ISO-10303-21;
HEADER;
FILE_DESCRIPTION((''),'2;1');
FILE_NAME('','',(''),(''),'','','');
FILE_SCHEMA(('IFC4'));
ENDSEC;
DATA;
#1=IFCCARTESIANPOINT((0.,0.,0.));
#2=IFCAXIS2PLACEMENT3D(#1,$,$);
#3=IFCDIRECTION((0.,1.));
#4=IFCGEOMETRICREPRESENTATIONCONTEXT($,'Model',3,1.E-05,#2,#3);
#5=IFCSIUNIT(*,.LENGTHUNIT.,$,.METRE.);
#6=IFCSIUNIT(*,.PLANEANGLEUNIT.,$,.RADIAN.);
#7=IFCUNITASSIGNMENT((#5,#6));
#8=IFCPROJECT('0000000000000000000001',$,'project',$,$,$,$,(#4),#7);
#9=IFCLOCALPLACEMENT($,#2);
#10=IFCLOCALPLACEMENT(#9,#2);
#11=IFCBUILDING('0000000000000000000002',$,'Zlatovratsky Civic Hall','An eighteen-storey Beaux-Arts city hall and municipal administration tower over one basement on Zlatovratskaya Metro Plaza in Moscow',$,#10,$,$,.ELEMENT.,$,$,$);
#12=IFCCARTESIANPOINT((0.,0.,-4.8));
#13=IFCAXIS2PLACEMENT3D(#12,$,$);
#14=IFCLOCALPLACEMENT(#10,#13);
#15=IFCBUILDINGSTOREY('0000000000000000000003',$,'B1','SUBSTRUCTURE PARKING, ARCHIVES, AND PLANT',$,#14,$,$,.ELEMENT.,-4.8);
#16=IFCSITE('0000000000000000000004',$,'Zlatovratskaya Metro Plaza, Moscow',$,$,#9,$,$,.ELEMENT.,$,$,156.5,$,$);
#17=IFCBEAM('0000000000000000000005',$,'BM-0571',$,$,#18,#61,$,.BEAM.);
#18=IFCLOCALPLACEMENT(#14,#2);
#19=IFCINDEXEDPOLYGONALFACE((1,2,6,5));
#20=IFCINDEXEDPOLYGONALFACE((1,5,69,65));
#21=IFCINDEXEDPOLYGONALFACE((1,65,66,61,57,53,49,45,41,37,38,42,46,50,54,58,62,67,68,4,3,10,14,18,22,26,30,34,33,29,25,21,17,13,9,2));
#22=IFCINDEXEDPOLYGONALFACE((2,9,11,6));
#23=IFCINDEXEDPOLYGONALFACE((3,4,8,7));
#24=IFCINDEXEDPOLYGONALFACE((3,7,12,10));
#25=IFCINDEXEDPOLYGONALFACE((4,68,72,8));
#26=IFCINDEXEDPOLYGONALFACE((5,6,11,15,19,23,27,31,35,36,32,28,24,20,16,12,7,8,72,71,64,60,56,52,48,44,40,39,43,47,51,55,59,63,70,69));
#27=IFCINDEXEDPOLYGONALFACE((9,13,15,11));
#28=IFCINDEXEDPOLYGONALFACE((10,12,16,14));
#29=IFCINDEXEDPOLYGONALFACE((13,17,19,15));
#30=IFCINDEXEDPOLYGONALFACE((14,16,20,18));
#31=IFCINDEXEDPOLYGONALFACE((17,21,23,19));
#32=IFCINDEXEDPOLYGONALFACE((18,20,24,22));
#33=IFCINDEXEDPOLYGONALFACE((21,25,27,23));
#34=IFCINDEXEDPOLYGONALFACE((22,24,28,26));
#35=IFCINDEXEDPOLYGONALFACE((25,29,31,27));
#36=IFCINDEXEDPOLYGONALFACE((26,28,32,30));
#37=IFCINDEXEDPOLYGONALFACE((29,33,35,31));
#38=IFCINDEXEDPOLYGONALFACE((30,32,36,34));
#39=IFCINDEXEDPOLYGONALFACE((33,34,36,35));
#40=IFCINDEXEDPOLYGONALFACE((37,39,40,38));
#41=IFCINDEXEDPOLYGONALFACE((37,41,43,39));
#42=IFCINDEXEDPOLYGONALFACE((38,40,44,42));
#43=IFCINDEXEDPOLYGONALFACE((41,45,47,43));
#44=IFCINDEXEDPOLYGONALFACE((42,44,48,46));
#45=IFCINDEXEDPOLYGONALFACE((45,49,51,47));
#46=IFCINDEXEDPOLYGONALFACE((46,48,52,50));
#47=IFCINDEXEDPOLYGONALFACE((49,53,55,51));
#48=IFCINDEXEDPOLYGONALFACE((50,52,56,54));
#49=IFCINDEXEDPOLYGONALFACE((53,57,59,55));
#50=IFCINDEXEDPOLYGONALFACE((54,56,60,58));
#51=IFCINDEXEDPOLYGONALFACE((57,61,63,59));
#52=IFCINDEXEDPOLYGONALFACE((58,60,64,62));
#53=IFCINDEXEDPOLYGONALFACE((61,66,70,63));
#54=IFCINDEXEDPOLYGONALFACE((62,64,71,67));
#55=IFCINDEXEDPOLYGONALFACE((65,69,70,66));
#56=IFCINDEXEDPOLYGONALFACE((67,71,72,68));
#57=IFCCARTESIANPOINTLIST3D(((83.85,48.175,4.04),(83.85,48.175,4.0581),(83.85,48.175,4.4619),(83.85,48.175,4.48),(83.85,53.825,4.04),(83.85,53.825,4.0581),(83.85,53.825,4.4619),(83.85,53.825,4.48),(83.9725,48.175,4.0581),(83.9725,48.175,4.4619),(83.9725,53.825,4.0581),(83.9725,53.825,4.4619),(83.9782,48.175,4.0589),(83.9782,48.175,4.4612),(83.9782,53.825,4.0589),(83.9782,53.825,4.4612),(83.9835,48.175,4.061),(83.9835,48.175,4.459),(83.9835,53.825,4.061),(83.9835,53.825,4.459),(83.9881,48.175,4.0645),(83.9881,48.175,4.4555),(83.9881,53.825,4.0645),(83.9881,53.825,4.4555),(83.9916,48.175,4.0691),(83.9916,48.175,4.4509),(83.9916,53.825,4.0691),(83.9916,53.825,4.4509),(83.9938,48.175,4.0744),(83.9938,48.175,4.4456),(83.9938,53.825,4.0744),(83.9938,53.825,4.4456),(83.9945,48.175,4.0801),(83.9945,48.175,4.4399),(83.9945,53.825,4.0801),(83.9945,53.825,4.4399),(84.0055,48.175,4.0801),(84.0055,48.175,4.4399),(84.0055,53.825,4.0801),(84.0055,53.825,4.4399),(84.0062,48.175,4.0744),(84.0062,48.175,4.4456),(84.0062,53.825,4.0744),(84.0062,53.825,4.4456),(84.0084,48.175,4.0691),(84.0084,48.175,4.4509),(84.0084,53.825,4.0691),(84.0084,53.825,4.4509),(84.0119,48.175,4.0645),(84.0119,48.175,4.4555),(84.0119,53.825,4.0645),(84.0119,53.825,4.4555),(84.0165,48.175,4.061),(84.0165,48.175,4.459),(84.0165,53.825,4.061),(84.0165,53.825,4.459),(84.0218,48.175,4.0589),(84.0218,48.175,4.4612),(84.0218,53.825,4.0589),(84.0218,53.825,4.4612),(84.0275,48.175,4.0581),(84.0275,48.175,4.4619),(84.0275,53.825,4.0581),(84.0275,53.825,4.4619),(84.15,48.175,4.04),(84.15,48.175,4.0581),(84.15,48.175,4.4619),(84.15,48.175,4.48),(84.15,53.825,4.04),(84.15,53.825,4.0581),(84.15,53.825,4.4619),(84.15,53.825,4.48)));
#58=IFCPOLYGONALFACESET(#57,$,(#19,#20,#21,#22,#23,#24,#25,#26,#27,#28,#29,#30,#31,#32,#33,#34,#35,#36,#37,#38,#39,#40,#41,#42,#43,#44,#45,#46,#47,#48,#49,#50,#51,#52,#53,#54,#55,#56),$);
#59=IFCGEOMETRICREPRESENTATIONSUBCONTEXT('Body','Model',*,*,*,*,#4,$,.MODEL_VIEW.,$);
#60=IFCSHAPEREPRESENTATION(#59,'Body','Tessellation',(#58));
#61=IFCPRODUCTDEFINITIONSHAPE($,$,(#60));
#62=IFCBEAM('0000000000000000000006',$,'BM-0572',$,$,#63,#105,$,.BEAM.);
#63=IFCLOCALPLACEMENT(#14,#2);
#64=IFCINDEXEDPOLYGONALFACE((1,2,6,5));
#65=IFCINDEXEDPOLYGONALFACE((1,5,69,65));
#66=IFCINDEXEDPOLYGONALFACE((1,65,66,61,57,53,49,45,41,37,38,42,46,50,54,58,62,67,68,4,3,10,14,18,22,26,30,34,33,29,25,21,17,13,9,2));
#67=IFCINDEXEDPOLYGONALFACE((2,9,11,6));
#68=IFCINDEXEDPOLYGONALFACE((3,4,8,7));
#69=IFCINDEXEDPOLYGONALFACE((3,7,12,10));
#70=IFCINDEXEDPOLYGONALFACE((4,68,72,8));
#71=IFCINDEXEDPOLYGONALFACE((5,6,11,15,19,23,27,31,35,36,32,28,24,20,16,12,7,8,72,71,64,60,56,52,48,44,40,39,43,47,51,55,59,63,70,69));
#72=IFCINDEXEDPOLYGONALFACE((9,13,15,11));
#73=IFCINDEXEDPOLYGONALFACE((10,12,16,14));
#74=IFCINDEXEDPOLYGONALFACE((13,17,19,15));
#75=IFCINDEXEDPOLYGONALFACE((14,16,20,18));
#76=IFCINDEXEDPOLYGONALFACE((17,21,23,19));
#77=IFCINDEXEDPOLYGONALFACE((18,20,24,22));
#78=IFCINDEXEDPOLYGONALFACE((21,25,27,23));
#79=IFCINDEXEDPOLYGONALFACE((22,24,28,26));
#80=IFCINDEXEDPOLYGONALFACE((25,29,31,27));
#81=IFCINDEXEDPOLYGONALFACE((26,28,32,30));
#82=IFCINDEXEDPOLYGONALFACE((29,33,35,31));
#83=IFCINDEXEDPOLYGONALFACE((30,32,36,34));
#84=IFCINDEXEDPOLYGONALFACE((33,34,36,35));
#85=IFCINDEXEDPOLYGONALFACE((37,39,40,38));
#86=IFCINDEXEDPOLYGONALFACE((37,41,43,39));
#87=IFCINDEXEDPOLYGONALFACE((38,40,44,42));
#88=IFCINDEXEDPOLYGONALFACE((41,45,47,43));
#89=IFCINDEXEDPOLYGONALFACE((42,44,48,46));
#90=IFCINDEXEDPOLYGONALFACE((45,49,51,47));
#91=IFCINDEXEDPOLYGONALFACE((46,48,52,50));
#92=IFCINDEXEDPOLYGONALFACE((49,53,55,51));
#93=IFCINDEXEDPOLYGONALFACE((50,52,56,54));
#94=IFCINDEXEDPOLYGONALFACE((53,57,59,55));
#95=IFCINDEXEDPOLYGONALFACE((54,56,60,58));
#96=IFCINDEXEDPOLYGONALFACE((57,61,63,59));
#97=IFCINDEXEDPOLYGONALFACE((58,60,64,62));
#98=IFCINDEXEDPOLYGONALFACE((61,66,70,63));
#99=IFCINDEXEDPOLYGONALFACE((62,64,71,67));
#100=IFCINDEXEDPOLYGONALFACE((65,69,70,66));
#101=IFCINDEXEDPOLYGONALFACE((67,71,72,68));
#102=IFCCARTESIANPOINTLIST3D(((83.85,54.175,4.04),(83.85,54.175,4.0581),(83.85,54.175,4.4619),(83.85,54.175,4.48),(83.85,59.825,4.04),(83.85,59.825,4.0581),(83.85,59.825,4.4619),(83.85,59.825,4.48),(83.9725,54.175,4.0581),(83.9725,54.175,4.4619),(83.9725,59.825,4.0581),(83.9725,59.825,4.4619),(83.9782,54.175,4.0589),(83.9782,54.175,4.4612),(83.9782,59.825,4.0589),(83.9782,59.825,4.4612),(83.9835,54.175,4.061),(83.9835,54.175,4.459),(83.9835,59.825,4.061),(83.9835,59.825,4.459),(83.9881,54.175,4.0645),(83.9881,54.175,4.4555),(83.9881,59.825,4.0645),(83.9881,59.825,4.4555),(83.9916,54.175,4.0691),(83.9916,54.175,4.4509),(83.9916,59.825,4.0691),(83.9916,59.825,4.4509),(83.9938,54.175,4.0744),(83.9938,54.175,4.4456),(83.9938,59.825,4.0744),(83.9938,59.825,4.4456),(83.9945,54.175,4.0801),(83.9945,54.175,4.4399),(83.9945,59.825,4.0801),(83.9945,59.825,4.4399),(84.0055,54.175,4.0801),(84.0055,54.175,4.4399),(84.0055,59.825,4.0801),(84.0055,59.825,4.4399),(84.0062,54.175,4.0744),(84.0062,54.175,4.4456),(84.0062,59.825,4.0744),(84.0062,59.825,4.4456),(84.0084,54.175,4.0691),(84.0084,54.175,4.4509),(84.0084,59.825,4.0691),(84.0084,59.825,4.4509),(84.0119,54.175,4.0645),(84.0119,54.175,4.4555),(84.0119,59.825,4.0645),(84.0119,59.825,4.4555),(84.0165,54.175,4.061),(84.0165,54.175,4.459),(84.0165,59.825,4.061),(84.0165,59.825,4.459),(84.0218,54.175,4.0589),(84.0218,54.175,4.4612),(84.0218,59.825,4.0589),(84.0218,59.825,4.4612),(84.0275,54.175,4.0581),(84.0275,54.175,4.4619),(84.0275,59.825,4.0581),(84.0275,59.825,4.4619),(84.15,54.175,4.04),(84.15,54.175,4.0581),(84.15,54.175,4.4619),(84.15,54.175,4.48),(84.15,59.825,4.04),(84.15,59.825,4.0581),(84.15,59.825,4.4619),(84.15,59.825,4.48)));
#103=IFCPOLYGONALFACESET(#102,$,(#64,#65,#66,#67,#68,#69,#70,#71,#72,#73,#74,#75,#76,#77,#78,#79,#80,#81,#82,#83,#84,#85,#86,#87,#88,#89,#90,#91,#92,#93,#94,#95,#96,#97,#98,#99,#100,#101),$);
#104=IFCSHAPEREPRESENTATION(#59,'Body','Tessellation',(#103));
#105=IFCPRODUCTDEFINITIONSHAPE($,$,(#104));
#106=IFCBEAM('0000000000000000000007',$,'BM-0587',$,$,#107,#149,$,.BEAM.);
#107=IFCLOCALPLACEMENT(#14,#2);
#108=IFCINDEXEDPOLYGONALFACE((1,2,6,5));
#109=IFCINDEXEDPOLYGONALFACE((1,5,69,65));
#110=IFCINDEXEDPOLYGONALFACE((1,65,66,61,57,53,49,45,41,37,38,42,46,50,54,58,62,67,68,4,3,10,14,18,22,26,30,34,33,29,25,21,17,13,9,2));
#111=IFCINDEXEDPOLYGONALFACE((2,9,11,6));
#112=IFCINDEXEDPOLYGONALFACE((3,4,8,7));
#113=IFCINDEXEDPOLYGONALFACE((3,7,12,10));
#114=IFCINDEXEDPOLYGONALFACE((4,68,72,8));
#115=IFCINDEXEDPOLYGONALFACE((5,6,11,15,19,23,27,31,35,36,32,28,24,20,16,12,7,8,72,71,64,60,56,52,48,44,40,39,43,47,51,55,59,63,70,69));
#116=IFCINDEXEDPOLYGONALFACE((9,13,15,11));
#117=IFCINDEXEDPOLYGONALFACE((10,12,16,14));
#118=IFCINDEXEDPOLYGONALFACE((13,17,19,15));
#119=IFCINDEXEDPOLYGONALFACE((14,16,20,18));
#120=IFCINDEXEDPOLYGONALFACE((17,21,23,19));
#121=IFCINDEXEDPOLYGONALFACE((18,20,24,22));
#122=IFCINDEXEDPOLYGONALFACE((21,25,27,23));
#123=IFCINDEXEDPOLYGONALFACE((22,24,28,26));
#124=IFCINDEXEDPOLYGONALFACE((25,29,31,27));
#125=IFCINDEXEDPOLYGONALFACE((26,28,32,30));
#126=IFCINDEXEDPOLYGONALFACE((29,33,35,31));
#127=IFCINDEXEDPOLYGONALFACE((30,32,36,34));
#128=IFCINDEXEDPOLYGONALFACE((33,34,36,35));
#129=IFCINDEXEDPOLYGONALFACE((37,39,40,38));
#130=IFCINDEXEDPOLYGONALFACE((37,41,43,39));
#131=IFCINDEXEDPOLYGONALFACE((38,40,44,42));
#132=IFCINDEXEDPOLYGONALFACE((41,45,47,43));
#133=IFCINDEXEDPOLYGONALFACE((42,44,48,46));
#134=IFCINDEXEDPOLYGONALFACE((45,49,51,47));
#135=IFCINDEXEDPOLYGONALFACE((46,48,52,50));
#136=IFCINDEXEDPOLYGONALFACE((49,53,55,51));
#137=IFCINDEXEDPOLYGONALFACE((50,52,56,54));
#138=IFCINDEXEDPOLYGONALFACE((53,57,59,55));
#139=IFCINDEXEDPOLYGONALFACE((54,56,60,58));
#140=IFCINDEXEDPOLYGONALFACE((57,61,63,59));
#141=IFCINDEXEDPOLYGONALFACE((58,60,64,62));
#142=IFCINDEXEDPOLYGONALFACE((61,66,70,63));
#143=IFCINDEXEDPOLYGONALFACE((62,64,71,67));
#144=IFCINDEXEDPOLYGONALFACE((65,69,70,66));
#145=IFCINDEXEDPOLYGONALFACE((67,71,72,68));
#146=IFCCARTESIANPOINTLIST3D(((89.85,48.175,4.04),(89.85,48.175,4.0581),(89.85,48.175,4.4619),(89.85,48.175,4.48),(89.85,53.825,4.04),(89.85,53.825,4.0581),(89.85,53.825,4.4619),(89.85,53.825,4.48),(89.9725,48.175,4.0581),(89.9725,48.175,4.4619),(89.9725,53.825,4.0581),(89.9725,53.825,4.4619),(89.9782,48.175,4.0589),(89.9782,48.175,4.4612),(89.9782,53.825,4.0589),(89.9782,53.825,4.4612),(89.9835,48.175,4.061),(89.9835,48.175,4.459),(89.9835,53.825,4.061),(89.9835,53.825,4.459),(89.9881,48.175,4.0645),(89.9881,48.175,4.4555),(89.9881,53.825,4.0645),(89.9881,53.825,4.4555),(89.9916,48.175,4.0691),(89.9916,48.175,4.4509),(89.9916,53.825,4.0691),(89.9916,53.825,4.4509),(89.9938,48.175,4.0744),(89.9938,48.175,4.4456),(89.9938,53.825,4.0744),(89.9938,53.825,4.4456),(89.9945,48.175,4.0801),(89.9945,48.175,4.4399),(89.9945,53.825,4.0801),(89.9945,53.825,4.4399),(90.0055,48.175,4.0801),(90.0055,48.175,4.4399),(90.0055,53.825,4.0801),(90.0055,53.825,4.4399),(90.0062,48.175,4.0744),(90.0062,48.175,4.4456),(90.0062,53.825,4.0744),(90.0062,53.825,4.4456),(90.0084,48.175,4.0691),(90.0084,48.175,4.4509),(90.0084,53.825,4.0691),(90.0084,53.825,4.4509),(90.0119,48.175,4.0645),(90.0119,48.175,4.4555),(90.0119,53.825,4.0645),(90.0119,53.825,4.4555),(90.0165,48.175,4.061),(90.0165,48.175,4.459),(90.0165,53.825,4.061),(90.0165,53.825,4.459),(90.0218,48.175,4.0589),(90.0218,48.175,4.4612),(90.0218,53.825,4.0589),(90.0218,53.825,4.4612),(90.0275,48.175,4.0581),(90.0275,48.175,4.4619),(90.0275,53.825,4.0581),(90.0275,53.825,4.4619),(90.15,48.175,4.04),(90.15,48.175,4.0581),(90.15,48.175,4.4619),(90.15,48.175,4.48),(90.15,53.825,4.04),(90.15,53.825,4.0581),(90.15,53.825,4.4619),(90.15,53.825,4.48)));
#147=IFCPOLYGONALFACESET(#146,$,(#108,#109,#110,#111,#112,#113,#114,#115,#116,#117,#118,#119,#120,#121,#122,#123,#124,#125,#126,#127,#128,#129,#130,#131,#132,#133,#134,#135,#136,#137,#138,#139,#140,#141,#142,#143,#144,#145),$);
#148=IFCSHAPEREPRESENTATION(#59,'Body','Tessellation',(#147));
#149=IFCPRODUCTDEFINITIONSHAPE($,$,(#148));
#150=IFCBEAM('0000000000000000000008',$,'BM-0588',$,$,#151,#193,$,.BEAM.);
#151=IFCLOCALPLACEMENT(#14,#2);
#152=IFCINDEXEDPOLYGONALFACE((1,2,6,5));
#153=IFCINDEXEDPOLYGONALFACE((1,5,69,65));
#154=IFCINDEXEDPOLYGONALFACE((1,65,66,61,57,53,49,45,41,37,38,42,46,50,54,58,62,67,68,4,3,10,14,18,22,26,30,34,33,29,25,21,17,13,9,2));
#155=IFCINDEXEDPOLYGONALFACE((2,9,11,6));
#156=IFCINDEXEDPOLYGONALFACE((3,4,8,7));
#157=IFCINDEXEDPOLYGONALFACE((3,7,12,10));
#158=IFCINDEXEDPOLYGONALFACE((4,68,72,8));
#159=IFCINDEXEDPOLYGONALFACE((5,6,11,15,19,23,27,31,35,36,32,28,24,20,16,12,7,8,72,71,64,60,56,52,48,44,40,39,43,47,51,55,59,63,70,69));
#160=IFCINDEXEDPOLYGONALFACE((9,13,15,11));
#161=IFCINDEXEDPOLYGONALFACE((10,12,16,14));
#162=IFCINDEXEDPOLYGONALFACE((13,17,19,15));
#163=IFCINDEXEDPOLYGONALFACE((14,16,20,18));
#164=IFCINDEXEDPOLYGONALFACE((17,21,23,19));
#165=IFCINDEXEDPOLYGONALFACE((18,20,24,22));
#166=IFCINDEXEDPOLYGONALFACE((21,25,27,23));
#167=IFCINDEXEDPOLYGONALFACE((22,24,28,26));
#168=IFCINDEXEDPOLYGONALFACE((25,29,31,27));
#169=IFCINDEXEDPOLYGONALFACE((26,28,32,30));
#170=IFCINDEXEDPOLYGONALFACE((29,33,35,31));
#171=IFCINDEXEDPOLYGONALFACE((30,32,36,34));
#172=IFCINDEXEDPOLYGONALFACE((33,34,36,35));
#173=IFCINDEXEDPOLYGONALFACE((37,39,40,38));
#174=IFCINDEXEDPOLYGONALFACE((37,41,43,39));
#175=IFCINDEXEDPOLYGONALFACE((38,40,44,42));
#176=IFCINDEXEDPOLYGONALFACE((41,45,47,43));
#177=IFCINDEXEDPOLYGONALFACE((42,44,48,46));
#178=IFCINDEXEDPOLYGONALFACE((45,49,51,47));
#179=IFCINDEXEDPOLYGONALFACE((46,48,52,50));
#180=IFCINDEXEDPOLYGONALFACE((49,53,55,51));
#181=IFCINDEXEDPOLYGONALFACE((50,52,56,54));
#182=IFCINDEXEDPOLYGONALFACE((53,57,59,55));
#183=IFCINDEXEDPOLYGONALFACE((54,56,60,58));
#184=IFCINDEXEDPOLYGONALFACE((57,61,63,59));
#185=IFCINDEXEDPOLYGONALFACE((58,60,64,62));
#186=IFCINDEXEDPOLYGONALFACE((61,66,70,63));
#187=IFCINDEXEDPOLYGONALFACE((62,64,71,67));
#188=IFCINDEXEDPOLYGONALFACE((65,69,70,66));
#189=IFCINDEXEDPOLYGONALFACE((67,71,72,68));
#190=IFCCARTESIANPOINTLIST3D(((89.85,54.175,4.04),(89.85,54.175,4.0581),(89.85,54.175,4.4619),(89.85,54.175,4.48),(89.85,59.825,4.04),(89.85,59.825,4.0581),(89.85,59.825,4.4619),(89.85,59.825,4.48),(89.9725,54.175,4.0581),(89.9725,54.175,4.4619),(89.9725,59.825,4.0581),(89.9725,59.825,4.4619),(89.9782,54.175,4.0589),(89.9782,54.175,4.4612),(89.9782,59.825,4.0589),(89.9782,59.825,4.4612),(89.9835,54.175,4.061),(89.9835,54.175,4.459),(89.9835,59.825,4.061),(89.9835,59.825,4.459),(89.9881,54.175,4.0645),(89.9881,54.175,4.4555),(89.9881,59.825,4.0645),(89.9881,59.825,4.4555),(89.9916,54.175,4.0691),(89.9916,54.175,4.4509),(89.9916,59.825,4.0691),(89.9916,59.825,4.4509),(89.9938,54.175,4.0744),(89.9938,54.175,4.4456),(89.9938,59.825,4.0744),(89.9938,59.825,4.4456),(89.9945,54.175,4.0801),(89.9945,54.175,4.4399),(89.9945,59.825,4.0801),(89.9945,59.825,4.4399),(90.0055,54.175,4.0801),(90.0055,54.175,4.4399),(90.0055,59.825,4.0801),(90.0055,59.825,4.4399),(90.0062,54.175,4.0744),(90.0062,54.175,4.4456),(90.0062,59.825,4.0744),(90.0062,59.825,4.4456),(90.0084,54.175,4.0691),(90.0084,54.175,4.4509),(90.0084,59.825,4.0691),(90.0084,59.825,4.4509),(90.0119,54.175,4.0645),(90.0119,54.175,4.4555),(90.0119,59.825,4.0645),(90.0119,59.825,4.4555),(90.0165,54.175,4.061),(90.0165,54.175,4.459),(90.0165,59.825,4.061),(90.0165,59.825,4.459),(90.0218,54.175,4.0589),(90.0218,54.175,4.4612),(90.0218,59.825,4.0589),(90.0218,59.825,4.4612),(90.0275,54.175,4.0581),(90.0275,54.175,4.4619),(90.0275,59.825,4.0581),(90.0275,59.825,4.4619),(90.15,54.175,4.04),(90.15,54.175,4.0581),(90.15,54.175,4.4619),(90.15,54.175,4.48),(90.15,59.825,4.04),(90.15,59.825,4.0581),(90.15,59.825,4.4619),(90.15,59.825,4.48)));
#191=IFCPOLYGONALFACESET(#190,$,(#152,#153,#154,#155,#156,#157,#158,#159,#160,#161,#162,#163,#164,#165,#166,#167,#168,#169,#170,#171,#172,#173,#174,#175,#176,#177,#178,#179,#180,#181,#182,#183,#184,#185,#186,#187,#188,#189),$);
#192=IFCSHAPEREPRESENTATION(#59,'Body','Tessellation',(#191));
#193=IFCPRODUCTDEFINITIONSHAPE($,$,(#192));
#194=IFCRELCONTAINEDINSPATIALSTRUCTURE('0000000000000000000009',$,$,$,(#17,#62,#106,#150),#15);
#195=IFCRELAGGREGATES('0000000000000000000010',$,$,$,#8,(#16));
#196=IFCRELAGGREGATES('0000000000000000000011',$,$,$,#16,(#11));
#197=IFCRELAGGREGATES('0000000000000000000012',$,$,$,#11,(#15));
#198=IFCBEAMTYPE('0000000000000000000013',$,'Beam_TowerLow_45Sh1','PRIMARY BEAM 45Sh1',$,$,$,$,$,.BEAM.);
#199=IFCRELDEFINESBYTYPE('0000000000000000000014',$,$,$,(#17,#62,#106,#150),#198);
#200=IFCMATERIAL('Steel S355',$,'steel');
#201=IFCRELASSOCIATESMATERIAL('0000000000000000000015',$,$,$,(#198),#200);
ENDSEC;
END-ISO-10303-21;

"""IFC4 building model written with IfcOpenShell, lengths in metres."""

from ifc_helpers import new_model, si_unit, direction, frame, origin, origin_2d, place, context, subcontext, project, spatial, i_section, extrude, material, material_profile, profile_set, type_object, element, save


model = new_model("IFC4")

# Units and contexts
model_context = context("Model", 3, precision=1e-05, world=origin(), true_north=direction((0.0, 1.0)))
body_context = subcontext(model_context, "Body", "Model", "MODEL_VIEW")
ifc_project = project(units=[si_unit("LENGTHUNIT", "METRE"), si_unit("PLANEANGLEUNIT", "RADIAN")], contexts=[model_context])

# Site, building, storey
site_placement = place(None, origin())
site = spatial("IfcSite", under=ifc_project, at=site_placement, Name="Zlatovratskaya Metro Plaza, Moscow", CompositionType="ELEMENT", RefElevation=156.5)
building_placement = place(site_placement, origin())
building = spatial("IfcBuilding", under=site, at=building_placement, Name="Zlatovratsky Civic Hall", Description="An eighteen-storey Beaux-Arts city hall and municipal administration tower over one basement on Zlatovratskaya Metro Plaza in Moscow", CompositionType="ELEMENT")
storey_placement = place(building_placement, frame((0.0, 0.0, -4.8)))
storey = spatial("IfcBuildingStorey", under=building, at=storey_placement, Name="B1", Description="SUBSTRUCTURE PARKING, ARCHIVES, AND PLANT", CompositionType="ELEMENT", Elevation=-4.8)

# Shared definitions
ifc_material_1 = material(Name="Steel S355", Category="steel")

# Beams
ifc_material_profile_1 = material_profile(ifc_material_1, i_section(OverallWidth=0.3, OverallDepth=0.4399, WebThickness=0.011, FlangeThickness=0.0181, FilletRadius=0.022, at=origin_2d()), Name="45Sh1")
ifc_profile_set_1 = profile_set([ifc_material_profile_1], Name="Steel S355")
beam_type = type_object("IfcBeamType", Name="Beam_TowerLow_45Sh1", Description="PRIMARY BEAM 45Sh1", PredefinedType="BEAM", material=ifc_profile_set_1)
for number, where, z_axis, x_axis, name in (
    (1, (84.0, 48.175, 4.26), (0.0, 1.0, 0.0), (-1.0, 0.0, 0.0), "BM-0571"),
    (2, (84.0, 54.175, 4.26), (0.0, 1.0, 0.0), (-1.0, 0.0, 0.0), "BM-0572"),
    (3, (90.0, 48.175, 4.26), (0.0, 1.0, 0.0), (-1.0, 0.0, 0.0), "BM-0587"),
    (4, (90.0, 54.175, 4.26), (0.0, 1.0, 0.0), (-1.0, 0.0, 0.0), "BM-0588"),
):
    element("IfcBeam", number, at=place(storey_placement, frame(where, z_axis=z_axis, x_axis=x_axis)), inside=storey, type_object=beam_type, Name=name, PredefinedType="BEAM", context=body_context, shape_type="SweptSolid", body=[
        extrude(i_section(OverallWidth=0.3, OverallDepth=0.4399, WebThickness=0.011, FlangeThickness=0.0181, FilletRadius=0.022, at=origin_2d()), origin(), (0.0, 0.0, 1.0), 5.6499),
    ])

save(model, "model.ifc")
